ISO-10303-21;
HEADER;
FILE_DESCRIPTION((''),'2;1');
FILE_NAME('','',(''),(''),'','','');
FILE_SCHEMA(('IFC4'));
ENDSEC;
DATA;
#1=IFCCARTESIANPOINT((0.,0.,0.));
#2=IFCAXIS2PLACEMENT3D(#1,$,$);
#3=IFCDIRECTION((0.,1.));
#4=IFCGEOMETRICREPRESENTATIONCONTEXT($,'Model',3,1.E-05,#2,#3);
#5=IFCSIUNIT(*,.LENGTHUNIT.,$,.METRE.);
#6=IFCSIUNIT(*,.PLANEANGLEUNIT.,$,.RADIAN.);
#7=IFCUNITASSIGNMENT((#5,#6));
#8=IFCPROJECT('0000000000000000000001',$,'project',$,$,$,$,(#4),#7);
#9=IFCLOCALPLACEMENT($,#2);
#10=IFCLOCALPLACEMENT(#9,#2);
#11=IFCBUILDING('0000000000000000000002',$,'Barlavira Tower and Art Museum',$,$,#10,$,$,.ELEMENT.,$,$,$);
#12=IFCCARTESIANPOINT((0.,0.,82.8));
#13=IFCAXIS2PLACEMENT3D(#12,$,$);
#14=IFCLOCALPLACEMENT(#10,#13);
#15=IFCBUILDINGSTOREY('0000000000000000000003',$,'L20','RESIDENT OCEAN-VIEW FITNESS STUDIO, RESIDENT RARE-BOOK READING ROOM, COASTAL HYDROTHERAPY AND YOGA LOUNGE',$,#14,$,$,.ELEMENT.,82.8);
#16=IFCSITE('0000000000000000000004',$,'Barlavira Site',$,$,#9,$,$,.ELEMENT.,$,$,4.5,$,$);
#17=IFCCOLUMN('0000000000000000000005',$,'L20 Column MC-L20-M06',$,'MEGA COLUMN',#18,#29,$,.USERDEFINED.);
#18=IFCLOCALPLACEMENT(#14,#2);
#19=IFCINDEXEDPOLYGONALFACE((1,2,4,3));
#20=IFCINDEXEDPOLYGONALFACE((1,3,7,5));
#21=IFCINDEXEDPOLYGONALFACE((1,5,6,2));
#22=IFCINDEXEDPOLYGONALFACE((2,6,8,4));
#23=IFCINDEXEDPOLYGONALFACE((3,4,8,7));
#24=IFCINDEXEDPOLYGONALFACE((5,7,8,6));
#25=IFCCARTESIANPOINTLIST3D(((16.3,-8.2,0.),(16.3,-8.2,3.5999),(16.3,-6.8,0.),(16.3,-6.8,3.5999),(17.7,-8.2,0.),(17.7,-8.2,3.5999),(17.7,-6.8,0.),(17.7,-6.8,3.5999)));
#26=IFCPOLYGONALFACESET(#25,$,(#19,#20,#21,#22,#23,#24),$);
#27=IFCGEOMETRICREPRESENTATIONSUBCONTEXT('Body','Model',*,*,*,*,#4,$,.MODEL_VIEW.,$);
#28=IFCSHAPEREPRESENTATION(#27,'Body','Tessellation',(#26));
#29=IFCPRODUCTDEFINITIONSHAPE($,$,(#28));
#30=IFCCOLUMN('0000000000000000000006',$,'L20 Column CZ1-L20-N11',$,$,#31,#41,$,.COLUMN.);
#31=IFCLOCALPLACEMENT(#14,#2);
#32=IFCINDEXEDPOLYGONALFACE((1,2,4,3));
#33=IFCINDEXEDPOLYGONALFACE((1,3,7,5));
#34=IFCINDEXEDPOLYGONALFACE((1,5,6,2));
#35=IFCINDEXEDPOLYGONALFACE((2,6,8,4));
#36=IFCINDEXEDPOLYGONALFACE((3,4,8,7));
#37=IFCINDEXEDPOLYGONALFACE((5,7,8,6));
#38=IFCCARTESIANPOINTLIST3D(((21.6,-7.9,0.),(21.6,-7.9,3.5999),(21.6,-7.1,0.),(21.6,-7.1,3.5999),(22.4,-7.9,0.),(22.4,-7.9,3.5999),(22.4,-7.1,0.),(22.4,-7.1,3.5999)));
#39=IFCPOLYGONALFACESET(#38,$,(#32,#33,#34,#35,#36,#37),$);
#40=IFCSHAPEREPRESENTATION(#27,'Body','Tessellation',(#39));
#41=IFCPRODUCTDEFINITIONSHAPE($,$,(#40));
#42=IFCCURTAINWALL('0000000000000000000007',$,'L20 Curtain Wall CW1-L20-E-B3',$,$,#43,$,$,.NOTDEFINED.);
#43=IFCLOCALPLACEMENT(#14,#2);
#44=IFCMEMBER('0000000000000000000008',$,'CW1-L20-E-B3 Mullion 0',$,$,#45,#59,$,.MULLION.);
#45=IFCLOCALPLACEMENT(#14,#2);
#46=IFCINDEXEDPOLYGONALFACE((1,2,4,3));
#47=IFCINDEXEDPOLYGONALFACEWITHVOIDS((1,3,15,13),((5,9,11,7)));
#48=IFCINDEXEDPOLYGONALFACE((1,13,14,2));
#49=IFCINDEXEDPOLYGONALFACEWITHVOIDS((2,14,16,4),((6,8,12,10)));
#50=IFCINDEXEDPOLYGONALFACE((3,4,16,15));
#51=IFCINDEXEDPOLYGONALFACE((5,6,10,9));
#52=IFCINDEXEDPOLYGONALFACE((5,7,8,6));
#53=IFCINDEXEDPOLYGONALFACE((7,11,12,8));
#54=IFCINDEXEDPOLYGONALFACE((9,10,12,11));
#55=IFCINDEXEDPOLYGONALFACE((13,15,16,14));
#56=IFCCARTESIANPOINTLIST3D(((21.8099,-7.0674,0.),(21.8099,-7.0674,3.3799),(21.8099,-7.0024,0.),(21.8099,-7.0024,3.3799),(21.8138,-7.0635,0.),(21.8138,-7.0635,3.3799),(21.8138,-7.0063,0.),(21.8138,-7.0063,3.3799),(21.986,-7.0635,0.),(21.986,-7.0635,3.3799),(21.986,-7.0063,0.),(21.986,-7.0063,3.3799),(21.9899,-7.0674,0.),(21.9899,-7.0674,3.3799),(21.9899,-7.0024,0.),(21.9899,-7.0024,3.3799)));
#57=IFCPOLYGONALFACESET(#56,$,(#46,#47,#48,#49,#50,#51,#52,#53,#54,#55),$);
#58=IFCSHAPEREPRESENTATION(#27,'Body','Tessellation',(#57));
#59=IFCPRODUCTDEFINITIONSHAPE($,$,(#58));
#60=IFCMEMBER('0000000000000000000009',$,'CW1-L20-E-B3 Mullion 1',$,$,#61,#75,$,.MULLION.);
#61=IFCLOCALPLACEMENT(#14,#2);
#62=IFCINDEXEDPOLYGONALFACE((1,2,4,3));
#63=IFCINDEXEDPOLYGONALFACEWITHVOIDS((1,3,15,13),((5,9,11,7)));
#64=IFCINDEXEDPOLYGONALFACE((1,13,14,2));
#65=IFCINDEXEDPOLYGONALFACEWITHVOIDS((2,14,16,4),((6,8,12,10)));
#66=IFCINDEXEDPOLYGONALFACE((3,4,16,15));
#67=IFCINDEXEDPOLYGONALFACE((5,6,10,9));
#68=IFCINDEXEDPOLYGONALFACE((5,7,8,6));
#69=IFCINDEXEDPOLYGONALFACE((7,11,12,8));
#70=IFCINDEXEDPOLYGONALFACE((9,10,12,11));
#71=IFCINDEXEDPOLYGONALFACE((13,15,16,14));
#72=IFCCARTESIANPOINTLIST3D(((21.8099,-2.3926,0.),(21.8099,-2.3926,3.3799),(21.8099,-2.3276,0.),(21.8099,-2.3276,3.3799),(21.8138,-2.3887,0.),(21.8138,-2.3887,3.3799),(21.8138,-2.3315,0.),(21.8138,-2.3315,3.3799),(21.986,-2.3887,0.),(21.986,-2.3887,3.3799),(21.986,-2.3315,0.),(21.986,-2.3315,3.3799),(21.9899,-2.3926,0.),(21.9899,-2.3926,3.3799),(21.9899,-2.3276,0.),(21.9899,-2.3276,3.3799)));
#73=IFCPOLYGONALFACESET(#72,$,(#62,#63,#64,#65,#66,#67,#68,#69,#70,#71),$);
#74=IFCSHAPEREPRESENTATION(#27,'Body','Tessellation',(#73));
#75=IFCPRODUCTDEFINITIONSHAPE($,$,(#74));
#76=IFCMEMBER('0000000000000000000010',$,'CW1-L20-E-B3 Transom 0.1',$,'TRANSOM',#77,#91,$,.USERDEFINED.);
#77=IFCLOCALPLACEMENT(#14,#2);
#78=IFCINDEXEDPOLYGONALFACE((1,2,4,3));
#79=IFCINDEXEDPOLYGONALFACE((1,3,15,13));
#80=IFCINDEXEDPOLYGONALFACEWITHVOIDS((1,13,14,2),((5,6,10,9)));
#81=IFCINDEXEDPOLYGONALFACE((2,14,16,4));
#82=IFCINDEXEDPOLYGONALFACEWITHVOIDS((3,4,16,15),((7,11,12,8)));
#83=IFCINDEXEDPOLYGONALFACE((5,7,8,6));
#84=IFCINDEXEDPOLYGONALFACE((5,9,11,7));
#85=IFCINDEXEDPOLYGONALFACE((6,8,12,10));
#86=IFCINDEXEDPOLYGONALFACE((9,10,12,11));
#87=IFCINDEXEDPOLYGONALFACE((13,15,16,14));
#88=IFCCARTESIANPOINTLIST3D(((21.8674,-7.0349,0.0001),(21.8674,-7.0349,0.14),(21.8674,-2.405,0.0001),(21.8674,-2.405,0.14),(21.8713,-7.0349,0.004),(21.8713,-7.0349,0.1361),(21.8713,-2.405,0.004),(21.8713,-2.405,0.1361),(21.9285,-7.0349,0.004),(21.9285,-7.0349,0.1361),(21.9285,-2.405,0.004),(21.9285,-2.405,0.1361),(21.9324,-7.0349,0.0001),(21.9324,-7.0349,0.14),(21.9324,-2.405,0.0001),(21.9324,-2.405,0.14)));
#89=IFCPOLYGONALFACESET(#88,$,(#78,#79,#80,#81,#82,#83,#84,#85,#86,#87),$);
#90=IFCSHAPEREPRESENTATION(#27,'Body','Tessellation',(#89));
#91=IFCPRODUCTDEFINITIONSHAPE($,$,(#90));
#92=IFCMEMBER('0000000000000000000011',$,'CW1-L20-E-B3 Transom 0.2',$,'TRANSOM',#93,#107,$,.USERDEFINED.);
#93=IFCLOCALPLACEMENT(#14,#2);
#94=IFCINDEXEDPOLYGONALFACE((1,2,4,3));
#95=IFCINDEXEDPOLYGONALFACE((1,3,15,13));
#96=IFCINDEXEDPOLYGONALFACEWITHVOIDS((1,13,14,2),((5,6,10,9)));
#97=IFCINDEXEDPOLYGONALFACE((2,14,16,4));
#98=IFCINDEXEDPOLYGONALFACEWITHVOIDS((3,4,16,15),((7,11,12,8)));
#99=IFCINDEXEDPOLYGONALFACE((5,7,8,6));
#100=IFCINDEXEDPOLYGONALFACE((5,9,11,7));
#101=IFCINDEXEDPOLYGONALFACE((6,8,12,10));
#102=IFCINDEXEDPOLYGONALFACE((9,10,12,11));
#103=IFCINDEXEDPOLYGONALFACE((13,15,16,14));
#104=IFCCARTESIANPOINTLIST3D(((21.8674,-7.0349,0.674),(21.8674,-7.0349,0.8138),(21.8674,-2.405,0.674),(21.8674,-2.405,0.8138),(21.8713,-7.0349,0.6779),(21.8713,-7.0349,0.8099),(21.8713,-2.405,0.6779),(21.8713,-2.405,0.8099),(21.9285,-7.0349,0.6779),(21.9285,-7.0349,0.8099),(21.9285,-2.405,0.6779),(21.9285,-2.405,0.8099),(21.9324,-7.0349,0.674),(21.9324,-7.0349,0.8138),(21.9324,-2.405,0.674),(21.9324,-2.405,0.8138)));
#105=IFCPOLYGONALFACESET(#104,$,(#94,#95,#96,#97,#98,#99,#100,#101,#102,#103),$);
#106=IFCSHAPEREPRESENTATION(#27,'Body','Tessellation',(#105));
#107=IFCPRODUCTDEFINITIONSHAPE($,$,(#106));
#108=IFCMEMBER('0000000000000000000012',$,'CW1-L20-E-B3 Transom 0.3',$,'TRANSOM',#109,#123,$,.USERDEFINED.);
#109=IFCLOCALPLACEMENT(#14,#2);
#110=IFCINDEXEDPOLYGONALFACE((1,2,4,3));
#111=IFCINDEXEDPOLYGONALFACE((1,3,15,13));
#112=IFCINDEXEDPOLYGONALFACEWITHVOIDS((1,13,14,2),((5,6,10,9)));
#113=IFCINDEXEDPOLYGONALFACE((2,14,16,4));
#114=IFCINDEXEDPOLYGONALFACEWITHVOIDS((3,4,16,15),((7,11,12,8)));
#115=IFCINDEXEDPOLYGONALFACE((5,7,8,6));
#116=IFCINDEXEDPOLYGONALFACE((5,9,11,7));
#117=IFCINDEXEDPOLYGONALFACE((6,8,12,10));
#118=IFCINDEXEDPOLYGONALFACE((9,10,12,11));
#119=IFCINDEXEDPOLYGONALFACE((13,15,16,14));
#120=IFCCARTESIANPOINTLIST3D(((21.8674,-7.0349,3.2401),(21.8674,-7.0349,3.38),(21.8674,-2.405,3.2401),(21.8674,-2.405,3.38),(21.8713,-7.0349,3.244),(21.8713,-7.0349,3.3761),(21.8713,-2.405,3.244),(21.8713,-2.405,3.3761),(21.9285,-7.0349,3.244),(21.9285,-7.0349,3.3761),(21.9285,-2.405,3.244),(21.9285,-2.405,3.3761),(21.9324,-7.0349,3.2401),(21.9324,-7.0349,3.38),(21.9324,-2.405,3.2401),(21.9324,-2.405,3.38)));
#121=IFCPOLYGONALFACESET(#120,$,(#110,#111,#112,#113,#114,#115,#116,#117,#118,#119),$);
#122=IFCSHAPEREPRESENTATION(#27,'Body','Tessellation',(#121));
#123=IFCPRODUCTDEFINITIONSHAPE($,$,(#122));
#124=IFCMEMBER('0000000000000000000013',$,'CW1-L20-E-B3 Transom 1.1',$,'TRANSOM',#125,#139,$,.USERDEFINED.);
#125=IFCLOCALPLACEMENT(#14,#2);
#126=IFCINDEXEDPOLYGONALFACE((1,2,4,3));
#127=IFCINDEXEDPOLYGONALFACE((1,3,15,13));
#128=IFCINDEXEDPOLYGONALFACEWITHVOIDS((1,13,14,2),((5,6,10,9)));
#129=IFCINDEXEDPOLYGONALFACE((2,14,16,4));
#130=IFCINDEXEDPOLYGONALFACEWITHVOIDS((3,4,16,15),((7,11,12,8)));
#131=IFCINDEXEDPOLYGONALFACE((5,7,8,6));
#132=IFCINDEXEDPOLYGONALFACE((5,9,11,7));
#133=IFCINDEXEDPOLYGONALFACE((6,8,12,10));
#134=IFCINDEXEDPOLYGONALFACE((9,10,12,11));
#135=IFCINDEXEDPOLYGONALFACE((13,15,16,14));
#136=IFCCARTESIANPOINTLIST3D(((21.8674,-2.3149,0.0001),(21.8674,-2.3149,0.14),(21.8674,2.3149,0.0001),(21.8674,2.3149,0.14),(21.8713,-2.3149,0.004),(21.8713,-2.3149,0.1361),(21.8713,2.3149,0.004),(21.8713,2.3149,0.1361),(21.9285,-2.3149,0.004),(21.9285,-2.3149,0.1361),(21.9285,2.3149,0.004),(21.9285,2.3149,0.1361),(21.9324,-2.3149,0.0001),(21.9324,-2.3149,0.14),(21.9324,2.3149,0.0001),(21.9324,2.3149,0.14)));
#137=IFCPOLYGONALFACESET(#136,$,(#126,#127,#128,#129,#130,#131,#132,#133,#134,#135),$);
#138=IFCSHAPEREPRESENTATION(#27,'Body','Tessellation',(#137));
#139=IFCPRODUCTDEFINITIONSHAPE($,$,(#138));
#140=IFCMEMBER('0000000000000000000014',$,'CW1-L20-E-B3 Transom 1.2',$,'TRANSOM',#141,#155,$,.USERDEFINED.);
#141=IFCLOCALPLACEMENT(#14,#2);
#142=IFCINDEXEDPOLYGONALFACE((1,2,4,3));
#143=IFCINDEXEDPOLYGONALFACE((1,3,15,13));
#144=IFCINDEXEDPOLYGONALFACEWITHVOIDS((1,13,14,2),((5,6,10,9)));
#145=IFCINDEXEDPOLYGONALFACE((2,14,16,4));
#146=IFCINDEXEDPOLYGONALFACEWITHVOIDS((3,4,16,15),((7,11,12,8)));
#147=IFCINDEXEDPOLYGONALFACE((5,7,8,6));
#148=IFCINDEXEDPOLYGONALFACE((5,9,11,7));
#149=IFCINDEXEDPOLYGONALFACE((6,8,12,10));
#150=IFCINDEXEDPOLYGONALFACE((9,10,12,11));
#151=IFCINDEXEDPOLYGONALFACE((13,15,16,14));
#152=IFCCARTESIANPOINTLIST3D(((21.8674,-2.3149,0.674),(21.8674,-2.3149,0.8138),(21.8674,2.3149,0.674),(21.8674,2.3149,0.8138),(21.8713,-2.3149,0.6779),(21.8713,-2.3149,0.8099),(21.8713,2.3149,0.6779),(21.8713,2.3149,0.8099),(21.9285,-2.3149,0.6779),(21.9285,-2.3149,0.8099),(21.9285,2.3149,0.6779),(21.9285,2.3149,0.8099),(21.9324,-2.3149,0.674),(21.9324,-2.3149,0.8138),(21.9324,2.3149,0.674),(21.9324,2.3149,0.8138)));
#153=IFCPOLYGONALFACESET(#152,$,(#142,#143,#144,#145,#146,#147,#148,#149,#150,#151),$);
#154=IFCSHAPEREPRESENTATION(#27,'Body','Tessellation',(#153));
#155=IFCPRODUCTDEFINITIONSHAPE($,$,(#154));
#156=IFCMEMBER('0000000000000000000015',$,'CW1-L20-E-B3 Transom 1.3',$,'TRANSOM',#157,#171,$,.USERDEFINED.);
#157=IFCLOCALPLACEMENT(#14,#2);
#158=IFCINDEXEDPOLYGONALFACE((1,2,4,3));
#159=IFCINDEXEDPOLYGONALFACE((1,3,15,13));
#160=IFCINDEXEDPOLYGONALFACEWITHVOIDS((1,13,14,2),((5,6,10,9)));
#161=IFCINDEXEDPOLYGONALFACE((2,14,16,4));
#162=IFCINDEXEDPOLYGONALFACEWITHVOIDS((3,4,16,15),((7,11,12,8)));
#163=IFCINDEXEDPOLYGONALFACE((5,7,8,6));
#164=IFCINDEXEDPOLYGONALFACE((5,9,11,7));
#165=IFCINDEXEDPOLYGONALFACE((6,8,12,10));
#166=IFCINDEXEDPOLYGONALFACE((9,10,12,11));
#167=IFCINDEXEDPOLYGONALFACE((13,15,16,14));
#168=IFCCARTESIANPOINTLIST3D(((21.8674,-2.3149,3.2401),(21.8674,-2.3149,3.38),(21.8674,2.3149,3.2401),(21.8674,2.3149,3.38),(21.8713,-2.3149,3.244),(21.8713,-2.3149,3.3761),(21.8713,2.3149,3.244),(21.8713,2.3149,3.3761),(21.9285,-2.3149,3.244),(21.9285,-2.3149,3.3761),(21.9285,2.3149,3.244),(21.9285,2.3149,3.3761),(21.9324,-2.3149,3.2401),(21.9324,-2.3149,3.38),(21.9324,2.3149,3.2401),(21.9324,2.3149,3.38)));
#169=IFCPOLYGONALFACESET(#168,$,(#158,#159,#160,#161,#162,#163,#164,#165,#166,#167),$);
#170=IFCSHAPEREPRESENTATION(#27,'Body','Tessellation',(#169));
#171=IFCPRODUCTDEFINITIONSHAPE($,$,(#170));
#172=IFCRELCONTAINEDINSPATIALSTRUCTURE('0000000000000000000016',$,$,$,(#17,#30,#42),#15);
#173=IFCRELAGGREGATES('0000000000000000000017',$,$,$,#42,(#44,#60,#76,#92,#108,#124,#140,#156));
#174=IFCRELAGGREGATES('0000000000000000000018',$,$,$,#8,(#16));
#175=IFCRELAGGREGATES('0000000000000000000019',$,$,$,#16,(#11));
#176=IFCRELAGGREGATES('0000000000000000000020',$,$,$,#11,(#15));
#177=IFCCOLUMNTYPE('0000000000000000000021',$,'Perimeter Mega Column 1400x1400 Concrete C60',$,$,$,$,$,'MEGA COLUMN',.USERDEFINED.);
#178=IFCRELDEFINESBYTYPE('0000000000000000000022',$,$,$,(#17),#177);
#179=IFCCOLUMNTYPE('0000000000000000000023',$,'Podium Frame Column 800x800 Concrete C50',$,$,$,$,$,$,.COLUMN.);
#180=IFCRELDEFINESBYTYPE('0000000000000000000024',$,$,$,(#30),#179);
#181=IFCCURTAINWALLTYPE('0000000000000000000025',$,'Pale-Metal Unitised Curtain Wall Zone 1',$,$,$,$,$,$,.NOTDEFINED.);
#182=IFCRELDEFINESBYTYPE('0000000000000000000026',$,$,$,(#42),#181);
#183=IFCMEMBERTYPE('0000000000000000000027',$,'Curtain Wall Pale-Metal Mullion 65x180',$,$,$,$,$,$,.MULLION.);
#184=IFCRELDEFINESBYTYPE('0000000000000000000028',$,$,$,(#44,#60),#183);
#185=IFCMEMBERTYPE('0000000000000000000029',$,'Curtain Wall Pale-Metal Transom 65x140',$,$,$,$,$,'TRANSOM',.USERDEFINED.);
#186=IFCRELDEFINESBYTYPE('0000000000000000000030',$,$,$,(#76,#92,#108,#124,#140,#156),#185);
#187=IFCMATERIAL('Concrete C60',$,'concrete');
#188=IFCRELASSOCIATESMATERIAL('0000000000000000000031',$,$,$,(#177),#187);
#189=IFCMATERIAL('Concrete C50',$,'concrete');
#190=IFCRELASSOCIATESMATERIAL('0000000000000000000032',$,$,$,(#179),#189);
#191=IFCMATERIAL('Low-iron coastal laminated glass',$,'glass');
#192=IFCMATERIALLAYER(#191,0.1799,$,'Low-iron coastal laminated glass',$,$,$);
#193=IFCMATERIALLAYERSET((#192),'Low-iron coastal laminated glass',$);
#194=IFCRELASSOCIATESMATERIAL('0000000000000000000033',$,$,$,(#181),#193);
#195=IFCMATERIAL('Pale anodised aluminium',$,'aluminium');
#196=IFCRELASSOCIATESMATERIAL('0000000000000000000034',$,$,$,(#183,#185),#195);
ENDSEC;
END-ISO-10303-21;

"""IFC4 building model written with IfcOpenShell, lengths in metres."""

from ifc_helpers import new_model, si_unit, direction, frame, origin, origin_2d, place, context, subcontext, project, spatial, rectangle, hollow_rectangle, extrude, material, layer, layer_set, material_profile, profile_set, type_object, element, aggregate, save


model = new_model("IFC4")

# Units and contexts
model_context = context("Model", 3, precision=1e-05, world=origin(), true_north=direction((0.0, 1.0)))
body_context = subcontext(model_context, "Body", "Model", "MODEL_VIEW")
ifc_project = project(units=[si_unit("LENGTHUNIT", "METRE"), si_unit("PLANEANGLEUNIT", "RADIAN")], contexts=[model_context])

# Site, building, storey
site_placement = place(None, origin())
site = spatial("IfcSite", under=ifc_project, at=site_placement, Name="Barlavira Site", CompositionType="ELEMENT", RefElevation=4.5)
building_placement = place(site_placement, origin())
building = spatial("IfcBuilding", under=site, at=building_placement, Name="Barlavira Tower and Art Museum", CompositionType="ELEMENT")
storey_placement = place(building_placement, frame((0.0, 0.0, 82.8)))
storey = spatial("IfcBuildingStorey", under=building, at=storey_placement, Name="L20", Description="RESIDENT OCEAN-VIEW FITNESS STUDIO, RESIDENT RARE-BOOK READING ROOM, COASTAL HYDROTHERAPY AND YOGA LOUNGE", CompositionType="ELEMENT", Elevation=82.8)

# Columns
ifc_material_1 = material(Name="Concrete C60", Category="concrete")
ifc_material_profile_1 = material_profile(ifc_material_1, rectangle(XDim=1.3999, YDim=1.3999, at=origin_2d()), Name="RC-MCOL 1400x1400")
ifc_profile_set_1 = profile_set([ifc_material_profile_1], Name="Concrete C60")
column_type_1 = type_object("IfcColumnType", Name="Perimeter Mega Column 1400x1400 Concrete C60", ElementType="MEGA COLUMN", PredefinedType="USERDEFINED", material=ifc_profile_set_1)
column_1_placement = place(storey_placement, frame((17.0, -7.5, 0.0), z_axis=(0.0, 0.0, 1.0), x_axis=(1.0, 0.0, 0.0)))
element("IfcColumn", 1, at=column_1_placement, inside=storey, type_object=column_type_1, Name="L20 Column MC-L20-M06", ObjectType="MEGA COLUMN", PredefinedType="USERDEFINED", context=body_context, shape_type="SweptSolid", body=[
    extrude(rectangle(XDim=1.3999, YDim=1.3999, at=origin_2d()), origin(), (0.0, 0.0, 1.0), 3.5999),
])
ifc_material_2 = material(Name="Concrete C50", Category="concrete")
ifc_material_profile_2 = material_profile(ifc_material_2, rectangle(XDim=0.8, YDim=0.8, at=origin_2d()), Name="RC-COL 800x800")
ifc_profile_set_2 = profile_set([ifc_material_profile_2], Name="Concrete C50")
column_type_2 = type_object("IfcColumnType", Name="Podium Frame Column 800x800 Concrete C50", PredefinedType="COLUMN", material=ifc_profile_set_2)
column_2_placement = place(storey_placement, frame((22.0, -7.5, 0.0), z_axis=(0.0, 0.0, 1.0), x_axis=(1.0, 0.0, 0.0)))
element("IfcColumn", 2, at=column_2_placement, inside=storey, type_object=column_type_2, Name="L20 Column CZ1-L20-N11", PredefinedType="COLUMN", context=body_context, shape_type="SweptSolid", body=[
    extrude(rectangle(XDim=0.8, YDim=0.8, at=origin_2d()), origin(), (0.0, 0.0, 1.0), 3.5999),
])

# Curtain wall, members
ifc_material_3 = material(Name="Low-iron coastal laminated glass", Category="glass")
ifc_layer_1 = layer(ifc_material_3, 0.1799, Name="Low-iron coastal laminated glass")
ifc_layer_set_1 = layer_set([ifc_layer_1], Name="Low-iron coastal laminated glass")
curtain_wall_type = type_object("IfcCurtainWallType", Name="Pale-Metal Unitised Curtain Wall Zone 1", PredefinedType="NOTDEFINED", material=ifc_layer_set_1)
curtain_wall_placement = place(storey_placement, origin())
curtain_wall = element("IfcCurtainWall", 3, at=curtain_wall_placement, inside=storey, type_object=curtain_wall_type, Name="L20 Curtain Wall CW1-L20-E-B3", PredefinedType="NOTDEFINED")
ifc_material_4 = material(Name="Pale anodised aluminium", Category="aluminium")
ifc_material_profile_3 = material_profile(ifc_material_4, hollow_rectangle(XDim=0.0649, YDim=0.1799, WallThickness=0.0039, at=origin_2d()), Name="ALU-MULL 65x180x4")
ifc_profile_set_3 = profile_set([ifc_material_profile_3], Name="Pale anodised aluminium")
member_type_1 = type_object("IfcMemberType", Name="Curtain Wall Pale-Metal Mullion 65x180", PredefinedType="MULLION", material=ifc_profile_set_3)
member_1_placement = place(storey_placement, frame((21.8999, -7.0349, 0.0), z_axis=(0.0, 0.0, 1.0), x_axis=(0.0, 1.0, 0.0)))
member_1 = element("IfcMember", 4, at=member_1_placement, type_object=member_type_1, Name="CW1-L20-E-B3 Mullion 0", PredefinedType="MULLION", context=body_context, shape_type="SweptSolid", body=[
    extrude(hollow_rectangle(XDim=0.0649, YDim=0.1799, WallThickness=0.0039, at=origin_2d()), origin(), (0.0, 0.0, 1.0), 3.3799),
])
member_2_placement = place(storey_placement, frame((21.8999, -2.3601, 0.0), z_axis=(0.0, 0.0, 1.0), x_axis=(0.0, 1.0, 0.0)))
member_2 = element("IfcMember", 5, at=member_2_placement, type_object=member_type_1, Name="CW1-L20-E-B3 Mullion 1", PredefinedType="MULLION", context=body_context, shape_type="SweptSolid", body=[
    extrude(hollow_rectangle(XDim=0.0649, YDim=0.1799, WallThickness=0.0039, at=origin_2d()), origin(), (0.0, 0.0, 1.0), 3.3799),
])
ifc_material_profile_4 = material_profile(ifc_material_4, hollow_rectangle(XDim=0.0649, YDim=0.1399, WallThickness=0.0039, at=origin_2d()), Name="ALU-TRAN 65x140x4")
ifc_profile_set_4 = profile_set([ifc_material_profile_4], Name="Pale anodised aluminium")
member_type_2 = type_object("IfcMemberType", Name="Curtain Wall Pale-Metal Transom 65x140", ElementType="TRANSOM", PredefinedType="USERDEFINED", material=ifc_profile_set_4)
member_3_placement = place(storey_placement, frame((21.8999, -7.0349, 0.0701), z_axis=(0.0, 1.0, 0.0), x_axis=(-1.0, 0.0, 0.0)))
member_3 = element("IfcMember", 6, at=member_3_placement, type_object=member_type_2, Name="CW1-L20-E-B3 Transom 0.1", ObjectType="TRANSOM", PredefinedType="USERDEFINED", context=body_context, shape_type="SweptSolid", body=[
    extrude(hollow_rectangle(XDim=0.0649, YDim=0.1399, WallThickness=0.0039, at=origin_2d()), origin(), (0.0, 0.0, 1.0), 4.6299),
])
member_4_placement = place(storey_placement, frame((21.8999, -7.0349, 0.7439), z_axis=(0.0, 1.0, 0.0), x_axis=(-1.0, 0.0, 0.0)))
member_4 = element("IfcMember", 7, at=member_4_placement, type_object=member_type_2, Name="CW1-L20-E-B3 Transom 0.2", ObjectType="TRANSOM", PredefinedType="USERDEFINED", context=body_context, shape_type="SweptSolid", body=[
    extrude(hollow_rectangle(XDim=0.0649, YDim=0.1399, WallThickness=0.0039, at=origin_2d()), origin(), (0.0, 0.0, 1.0), 4.6299),
])
member_5_placement = place(storey_placement, frame((21.8999, -7.0349, 3.3101), z_axis=(0.0, 1.0, 0.0), x_axis=(-1.0, 0.0, 0.0)))
member_5 = element("IfcMember", 8, at=member_5_placement, type_object=member_type_2, Name="CW1-L20-E-B3 Transom 0.3", ObjectType="TRANSOM", PredefinedType="USERDEFINED", context=body_context, shape_type="SweptSolid", body=[
    extrude(hollow_rectangle(XDim=0.0649, YDim=0.1399, WallThickness=0.0039, at=origin_2d()), origin(), (0.0, 0.0, 1.0), 4.6299),
])
member_6_placement = place(storey_placement, frame((21.8999, -2.3149, 0.0701), z_axis=(0.0, 1.0, 0.0), x_axis=(-1.0, 0.0, 0.0)))
member_6 = element("IfcMember", 9, at=member_6_placement, type_object=member_type_2, Name="CW1-L20-E-B3 Transom 1.1", ObjectType="TRANSOM", PredefinedType="USERDEFINED", context=body_context, shape_type="SweptSolid", body=[
    extrude(hollow_rectangle(XDim=0.0649, YDim=0.1399, WallThickness=0.0039, at=origin_2d()), origin(), (0.0, 0.0, 1.0), 4.6299),
])
member_7_placement = place(storey_placement, frame((21.8999, -2.3149, 0.7439), z_axis=(0.0, 1.0, 0.0), x_axis=(-1.0, 0.0, 0.0)))
member_7 = element("IfcMember", 10, at=member_7_placement, type_object=member_type_2, Name="CW1-L20-E-B3 Transom 1.2", ObjectType="TRANSOM", PredefinedType="USERDEFINED", context=body_context, shape_type="SweptSolid", body=[
    extrude(hollow_rectangle(XDim=0.0649, YDim=0.1399, WallThickness=0.0039, at=origin_2d()), origin(), (0.0, 0.0, 1.0), 4.6299),
])
member_8_placement = place(storey_placement, frame((21.8999, -2.3149, 3.3101), z_axis=(0.0, 1.0, 0.0), x_axis=(-1.0, 0.0, 0.0)))
member_8 = element("IfcMember", 11, at=member_8_placement, type_object=member_type_2, Name="CW1-L20-E-B3 Transom 1.3", ObjectType="TRANSOM", PredefinedType="USERDEFINED", context=body_context, shape_type="SweptSolid", body=[
    extrude(hollow_rectangle(XDim=0.0649, YDim=0.1399, WallThickness=0.0039, at=origin_2d()), origin(), (0.0, 0.0, 1.0), 4.6299),
])

aggregate(curtain_wall, [member_1, member_2, member_3, member_4, member_5, member_6, member_7, member_8])

save(model, "model.ifc")
